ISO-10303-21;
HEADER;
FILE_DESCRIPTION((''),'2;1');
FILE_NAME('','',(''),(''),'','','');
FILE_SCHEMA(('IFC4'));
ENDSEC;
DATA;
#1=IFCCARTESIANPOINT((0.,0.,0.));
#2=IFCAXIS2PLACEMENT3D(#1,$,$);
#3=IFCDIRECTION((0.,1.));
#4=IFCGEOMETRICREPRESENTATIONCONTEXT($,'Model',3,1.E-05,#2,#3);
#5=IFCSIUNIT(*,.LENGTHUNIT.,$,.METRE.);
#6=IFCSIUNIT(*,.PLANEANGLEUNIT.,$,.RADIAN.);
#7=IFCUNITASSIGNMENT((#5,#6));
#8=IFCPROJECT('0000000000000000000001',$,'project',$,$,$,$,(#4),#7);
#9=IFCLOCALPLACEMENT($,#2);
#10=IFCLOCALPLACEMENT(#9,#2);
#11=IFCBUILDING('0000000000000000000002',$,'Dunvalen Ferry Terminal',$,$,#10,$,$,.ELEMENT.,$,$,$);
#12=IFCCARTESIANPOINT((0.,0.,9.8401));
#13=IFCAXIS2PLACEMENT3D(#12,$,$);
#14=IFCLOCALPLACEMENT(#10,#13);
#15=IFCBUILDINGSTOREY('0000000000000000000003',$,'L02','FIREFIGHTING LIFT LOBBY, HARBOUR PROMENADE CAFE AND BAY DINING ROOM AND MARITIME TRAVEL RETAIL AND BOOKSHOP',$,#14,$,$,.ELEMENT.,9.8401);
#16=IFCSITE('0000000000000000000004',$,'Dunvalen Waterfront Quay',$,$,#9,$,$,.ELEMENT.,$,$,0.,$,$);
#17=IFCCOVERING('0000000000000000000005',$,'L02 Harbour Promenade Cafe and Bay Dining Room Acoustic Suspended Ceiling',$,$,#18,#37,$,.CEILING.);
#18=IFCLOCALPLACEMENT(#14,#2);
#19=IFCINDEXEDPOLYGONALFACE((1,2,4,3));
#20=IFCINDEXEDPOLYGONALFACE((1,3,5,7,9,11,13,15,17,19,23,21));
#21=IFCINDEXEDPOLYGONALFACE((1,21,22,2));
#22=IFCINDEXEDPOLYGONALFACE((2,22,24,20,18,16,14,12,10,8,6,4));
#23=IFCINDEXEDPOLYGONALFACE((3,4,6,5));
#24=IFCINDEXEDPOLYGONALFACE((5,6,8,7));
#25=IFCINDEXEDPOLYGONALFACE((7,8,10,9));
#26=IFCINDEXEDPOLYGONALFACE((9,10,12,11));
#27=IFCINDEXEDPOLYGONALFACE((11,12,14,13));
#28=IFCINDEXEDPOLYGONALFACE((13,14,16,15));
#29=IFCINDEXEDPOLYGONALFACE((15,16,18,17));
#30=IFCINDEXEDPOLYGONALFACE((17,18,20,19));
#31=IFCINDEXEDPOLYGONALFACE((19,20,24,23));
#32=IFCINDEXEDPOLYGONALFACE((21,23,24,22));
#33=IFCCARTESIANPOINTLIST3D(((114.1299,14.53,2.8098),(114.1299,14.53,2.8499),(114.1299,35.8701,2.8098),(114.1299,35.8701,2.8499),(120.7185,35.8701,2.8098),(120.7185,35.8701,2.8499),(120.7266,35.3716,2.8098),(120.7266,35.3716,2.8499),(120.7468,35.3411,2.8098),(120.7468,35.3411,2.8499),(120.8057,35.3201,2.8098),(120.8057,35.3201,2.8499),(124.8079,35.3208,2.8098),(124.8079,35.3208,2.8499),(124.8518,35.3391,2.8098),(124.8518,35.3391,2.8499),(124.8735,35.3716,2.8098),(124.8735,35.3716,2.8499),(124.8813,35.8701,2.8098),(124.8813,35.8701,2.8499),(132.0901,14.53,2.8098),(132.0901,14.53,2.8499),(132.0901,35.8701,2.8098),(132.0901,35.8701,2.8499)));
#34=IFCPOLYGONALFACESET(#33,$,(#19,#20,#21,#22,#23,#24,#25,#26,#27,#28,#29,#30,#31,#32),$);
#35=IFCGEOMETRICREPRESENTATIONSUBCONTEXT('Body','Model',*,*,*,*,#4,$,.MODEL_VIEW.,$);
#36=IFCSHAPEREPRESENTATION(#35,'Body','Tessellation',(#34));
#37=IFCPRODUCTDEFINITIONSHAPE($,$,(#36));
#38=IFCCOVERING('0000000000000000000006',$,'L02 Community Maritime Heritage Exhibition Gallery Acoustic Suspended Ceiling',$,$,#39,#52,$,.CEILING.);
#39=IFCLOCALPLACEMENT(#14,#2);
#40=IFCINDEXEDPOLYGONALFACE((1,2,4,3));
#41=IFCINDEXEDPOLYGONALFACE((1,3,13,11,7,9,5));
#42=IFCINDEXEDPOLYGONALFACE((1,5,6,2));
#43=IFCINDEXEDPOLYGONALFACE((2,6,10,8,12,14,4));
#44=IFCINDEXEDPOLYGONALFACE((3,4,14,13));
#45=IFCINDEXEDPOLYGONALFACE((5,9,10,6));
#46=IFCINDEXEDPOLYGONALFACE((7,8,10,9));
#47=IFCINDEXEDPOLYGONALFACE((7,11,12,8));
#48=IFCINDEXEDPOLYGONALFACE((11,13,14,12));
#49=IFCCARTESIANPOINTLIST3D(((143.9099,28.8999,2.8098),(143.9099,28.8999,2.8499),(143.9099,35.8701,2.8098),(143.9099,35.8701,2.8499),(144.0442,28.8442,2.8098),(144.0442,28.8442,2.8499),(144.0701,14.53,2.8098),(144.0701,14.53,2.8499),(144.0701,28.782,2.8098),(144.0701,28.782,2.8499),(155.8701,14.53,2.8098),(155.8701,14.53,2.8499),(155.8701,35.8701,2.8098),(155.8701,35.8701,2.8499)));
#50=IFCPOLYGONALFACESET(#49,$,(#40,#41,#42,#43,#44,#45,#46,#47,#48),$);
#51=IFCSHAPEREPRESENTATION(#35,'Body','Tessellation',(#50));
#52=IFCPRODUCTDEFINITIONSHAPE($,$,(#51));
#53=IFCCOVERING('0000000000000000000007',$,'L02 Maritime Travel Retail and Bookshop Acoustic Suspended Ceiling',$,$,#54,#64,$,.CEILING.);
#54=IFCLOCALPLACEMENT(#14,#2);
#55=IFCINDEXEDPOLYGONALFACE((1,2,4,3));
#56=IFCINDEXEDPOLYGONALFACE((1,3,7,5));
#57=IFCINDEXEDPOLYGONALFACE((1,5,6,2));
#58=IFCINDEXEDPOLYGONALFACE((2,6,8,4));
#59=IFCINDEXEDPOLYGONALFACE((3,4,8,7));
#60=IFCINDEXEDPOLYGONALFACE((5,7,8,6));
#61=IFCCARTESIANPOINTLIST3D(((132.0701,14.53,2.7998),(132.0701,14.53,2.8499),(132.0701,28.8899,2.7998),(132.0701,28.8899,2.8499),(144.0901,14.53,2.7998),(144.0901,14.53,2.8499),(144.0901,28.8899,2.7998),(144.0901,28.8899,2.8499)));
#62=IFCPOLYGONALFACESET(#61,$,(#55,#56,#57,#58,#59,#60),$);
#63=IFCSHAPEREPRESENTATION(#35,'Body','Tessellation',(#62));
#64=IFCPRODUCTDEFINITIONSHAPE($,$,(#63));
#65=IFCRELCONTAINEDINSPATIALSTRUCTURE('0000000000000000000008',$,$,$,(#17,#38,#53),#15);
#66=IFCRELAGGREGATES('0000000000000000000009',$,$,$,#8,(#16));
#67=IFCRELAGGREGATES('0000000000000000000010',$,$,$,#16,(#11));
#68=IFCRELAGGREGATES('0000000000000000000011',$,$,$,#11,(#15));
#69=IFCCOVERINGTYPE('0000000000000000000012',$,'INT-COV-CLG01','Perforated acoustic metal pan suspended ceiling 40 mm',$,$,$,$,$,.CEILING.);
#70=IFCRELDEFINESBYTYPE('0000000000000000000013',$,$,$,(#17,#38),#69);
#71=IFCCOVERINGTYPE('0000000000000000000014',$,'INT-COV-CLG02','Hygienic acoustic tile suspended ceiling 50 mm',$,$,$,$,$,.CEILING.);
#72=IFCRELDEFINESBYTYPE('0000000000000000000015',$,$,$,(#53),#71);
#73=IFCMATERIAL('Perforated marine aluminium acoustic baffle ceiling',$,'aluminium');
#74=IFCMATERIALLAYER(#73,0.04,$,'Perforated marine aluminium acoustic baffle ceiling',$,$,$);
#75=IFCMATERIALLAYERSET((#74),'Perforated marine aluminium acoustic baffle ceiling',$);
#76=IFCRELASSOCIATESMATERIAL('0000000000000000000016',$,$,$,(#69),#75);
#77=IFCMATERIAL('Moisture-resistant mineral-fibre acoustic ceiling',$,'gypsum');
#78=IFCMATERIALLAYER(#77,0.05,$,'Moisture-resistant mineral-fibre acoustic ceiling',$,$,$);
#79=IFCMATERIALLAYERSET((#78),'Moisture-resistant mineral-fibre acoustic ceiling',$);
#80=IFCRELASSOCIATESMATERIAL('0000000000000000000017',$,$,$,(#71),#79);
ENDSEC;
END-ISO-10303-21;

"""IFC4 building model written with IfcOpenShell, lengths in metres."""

from ifc_helpers import new_model, si_unit, direction, frame, origin, place, context, subcontext, project, spatial, polyline, outline, extrude, material, layer, layer_set, type_object, element, save


model = new_model("IFC4")

# Units and contexts
model_context = context("Model", 3, precision=1e-05, world=origin(), true_north=direction((0.0, 1.0)))
body_context = subcontext(model_context, "Body", "Model", "MODEL_VIEW")
ifc_project = project(units=[si_unit("LENGTHUNIT", "METRE"), si_unit("PLANEANGLEUNIT", "RADIAN")], contexts=[model_context])

# Site, building, storey
site_placement = place(None, origin())
site = spatial("IfcSite", under=ifc_project, at=site_placement, Name="Dunvalen Waterfront Quay", CompositionType="ELEMENT", RefElevation=0.0)
building_placement = place(site_placement, origin())
building = spatial("IfcBuilding", under=site, at=building_placement, Name="Dunvalen Ferry Terminal", CompositionType="ELEMENT")
storey_placement = place(building_placement, frame((0.0, 0.0, 9.8401)))
storey = spatial("IfcBuildingStorey", under=building, at=storey_placement, Name="L02", Description="FIREFIGHTING LIFT LOBBY, HARBOUR PROMENADE CAFE AND BAY DINING ROOM AND MARITIME TRAVEL RETAIL AND BOOKSHOP", CompositionType="ELEMENT", Elevation=9.8401)

# Coverings
ifc_material_1 = material(Name="Perforated marine aluminium acoustic baffle ceiling", Category="aluminium")
ifc_layer_1 = layer(ifc_material_1, 0.04, Name="Perforated marine aluminium acoustic baffle ceiling")
ifc_layer_set_1 = layer_set([ifc_layer_1], Name="Perforated marine aluminium acoustic baffle ceiling")
covering_type_1 = type_object("IfcCoveringType", Name="INT-COV-CLG01", Description="Perforated acoustic metal pan suspended ceiling 40 mm", PredefinedType="CEILING", material=ifc_layer_set_1)
covering_1_placement = place(storey_placement, frame((0.0, 0.0, 2.8098)))
element("IfcCovering", 1, at=covering_1_placement, inside=storey, type_object=covering_type_1, Name="L02 Harbour Promenade Cafe and Bay Dining Room Acoustic Suspended Ceiling", PredefinedType="CEILING", context=body_context, shape_type="SweptSolid", body=[
    extrude(outline(polyline([(132.0901, 14.53), (132.0901, 35.8701), (124.8813, 35.8701), (124.8735, 35.3716), (124.8518, 35.3391), (124.8079, 35.3208), (120.8057, 35.3201), (120.7468, 35.3411), (120.7266, 35.3716), (120.7185, 35.8701), (114.1299, 35.8701), (114.1299, 14.53), (132.0901, 14.53)])), origin(), (0.0, 0.0, 1.0), 0.04),
])
covering_2_placement = place(storey_placement, frame((0.0, 0.0, 2.8098)))
element("IfcCovering", 2, at=covering_2_placement, inside=storey, type_object=covering_type_1, Name="L02 Community Maritime Heritage Exhibition Gallery Acoustic Suspended Ceiling", PredefinedType="CEILING", context=body_context, shape_type="SweptSolid", body=[
    extrude(outline(polyline([(144.0442, 28.8442), (144.0701, 28.782), (144.0701, 14.53), (155.8701, 14.53), (155.8701, 35.8701), (143.9099, 35.8701), (143.9099, 28.8999), (144.0442, 28.8442)])), origin(), (0.0, 0.0, 1.0), 0.04),
])
ifc_material_2 = material(Name="Moisture-resistant mineral-fibre acoustic ceiling", Category="gypsum")
ifc_layer_2 = layer(ifc_material_2, 0.05, Name="Moisture-resistant mineral-fibre acoustic ceiling")
ifc_layer_set_2 = layer_set([ifc_layer_2], Name="Moisture-resistant mineral-fibre acoustic ceiling")
covering_type_2 = type_object("IfcCoveringType", Name="INT-COV-CLG02", Description="Hygienic acoustic tile suspended ceiling 50 mm", PredefinedType="CEILING", material=ifc_layer_set_2)
covering_3_placement = place(storey_placement, frame((0.0, 0.0, 2.7998)))
element("IfcCovering", 3, at=covering_3_placement, inside=storey, type_object=covering_type_2, Name="L02 Maritime Travel Retail and Bookshop Acoustic Suspended Ceiling", PredefinedType="CEILING", context=body_context, shape_type="SweptSolid", body=[
    extrude(outline(polyline([(144.0901, 28.8899), (132.0701, 28.8899), (132.0701, 14.53), (144.0901, 14.53), (144.0901, 28.8899)])), origin(), (0.0, 0.0, 1.0), 0.05),
])

save(model, "model.ifc")
